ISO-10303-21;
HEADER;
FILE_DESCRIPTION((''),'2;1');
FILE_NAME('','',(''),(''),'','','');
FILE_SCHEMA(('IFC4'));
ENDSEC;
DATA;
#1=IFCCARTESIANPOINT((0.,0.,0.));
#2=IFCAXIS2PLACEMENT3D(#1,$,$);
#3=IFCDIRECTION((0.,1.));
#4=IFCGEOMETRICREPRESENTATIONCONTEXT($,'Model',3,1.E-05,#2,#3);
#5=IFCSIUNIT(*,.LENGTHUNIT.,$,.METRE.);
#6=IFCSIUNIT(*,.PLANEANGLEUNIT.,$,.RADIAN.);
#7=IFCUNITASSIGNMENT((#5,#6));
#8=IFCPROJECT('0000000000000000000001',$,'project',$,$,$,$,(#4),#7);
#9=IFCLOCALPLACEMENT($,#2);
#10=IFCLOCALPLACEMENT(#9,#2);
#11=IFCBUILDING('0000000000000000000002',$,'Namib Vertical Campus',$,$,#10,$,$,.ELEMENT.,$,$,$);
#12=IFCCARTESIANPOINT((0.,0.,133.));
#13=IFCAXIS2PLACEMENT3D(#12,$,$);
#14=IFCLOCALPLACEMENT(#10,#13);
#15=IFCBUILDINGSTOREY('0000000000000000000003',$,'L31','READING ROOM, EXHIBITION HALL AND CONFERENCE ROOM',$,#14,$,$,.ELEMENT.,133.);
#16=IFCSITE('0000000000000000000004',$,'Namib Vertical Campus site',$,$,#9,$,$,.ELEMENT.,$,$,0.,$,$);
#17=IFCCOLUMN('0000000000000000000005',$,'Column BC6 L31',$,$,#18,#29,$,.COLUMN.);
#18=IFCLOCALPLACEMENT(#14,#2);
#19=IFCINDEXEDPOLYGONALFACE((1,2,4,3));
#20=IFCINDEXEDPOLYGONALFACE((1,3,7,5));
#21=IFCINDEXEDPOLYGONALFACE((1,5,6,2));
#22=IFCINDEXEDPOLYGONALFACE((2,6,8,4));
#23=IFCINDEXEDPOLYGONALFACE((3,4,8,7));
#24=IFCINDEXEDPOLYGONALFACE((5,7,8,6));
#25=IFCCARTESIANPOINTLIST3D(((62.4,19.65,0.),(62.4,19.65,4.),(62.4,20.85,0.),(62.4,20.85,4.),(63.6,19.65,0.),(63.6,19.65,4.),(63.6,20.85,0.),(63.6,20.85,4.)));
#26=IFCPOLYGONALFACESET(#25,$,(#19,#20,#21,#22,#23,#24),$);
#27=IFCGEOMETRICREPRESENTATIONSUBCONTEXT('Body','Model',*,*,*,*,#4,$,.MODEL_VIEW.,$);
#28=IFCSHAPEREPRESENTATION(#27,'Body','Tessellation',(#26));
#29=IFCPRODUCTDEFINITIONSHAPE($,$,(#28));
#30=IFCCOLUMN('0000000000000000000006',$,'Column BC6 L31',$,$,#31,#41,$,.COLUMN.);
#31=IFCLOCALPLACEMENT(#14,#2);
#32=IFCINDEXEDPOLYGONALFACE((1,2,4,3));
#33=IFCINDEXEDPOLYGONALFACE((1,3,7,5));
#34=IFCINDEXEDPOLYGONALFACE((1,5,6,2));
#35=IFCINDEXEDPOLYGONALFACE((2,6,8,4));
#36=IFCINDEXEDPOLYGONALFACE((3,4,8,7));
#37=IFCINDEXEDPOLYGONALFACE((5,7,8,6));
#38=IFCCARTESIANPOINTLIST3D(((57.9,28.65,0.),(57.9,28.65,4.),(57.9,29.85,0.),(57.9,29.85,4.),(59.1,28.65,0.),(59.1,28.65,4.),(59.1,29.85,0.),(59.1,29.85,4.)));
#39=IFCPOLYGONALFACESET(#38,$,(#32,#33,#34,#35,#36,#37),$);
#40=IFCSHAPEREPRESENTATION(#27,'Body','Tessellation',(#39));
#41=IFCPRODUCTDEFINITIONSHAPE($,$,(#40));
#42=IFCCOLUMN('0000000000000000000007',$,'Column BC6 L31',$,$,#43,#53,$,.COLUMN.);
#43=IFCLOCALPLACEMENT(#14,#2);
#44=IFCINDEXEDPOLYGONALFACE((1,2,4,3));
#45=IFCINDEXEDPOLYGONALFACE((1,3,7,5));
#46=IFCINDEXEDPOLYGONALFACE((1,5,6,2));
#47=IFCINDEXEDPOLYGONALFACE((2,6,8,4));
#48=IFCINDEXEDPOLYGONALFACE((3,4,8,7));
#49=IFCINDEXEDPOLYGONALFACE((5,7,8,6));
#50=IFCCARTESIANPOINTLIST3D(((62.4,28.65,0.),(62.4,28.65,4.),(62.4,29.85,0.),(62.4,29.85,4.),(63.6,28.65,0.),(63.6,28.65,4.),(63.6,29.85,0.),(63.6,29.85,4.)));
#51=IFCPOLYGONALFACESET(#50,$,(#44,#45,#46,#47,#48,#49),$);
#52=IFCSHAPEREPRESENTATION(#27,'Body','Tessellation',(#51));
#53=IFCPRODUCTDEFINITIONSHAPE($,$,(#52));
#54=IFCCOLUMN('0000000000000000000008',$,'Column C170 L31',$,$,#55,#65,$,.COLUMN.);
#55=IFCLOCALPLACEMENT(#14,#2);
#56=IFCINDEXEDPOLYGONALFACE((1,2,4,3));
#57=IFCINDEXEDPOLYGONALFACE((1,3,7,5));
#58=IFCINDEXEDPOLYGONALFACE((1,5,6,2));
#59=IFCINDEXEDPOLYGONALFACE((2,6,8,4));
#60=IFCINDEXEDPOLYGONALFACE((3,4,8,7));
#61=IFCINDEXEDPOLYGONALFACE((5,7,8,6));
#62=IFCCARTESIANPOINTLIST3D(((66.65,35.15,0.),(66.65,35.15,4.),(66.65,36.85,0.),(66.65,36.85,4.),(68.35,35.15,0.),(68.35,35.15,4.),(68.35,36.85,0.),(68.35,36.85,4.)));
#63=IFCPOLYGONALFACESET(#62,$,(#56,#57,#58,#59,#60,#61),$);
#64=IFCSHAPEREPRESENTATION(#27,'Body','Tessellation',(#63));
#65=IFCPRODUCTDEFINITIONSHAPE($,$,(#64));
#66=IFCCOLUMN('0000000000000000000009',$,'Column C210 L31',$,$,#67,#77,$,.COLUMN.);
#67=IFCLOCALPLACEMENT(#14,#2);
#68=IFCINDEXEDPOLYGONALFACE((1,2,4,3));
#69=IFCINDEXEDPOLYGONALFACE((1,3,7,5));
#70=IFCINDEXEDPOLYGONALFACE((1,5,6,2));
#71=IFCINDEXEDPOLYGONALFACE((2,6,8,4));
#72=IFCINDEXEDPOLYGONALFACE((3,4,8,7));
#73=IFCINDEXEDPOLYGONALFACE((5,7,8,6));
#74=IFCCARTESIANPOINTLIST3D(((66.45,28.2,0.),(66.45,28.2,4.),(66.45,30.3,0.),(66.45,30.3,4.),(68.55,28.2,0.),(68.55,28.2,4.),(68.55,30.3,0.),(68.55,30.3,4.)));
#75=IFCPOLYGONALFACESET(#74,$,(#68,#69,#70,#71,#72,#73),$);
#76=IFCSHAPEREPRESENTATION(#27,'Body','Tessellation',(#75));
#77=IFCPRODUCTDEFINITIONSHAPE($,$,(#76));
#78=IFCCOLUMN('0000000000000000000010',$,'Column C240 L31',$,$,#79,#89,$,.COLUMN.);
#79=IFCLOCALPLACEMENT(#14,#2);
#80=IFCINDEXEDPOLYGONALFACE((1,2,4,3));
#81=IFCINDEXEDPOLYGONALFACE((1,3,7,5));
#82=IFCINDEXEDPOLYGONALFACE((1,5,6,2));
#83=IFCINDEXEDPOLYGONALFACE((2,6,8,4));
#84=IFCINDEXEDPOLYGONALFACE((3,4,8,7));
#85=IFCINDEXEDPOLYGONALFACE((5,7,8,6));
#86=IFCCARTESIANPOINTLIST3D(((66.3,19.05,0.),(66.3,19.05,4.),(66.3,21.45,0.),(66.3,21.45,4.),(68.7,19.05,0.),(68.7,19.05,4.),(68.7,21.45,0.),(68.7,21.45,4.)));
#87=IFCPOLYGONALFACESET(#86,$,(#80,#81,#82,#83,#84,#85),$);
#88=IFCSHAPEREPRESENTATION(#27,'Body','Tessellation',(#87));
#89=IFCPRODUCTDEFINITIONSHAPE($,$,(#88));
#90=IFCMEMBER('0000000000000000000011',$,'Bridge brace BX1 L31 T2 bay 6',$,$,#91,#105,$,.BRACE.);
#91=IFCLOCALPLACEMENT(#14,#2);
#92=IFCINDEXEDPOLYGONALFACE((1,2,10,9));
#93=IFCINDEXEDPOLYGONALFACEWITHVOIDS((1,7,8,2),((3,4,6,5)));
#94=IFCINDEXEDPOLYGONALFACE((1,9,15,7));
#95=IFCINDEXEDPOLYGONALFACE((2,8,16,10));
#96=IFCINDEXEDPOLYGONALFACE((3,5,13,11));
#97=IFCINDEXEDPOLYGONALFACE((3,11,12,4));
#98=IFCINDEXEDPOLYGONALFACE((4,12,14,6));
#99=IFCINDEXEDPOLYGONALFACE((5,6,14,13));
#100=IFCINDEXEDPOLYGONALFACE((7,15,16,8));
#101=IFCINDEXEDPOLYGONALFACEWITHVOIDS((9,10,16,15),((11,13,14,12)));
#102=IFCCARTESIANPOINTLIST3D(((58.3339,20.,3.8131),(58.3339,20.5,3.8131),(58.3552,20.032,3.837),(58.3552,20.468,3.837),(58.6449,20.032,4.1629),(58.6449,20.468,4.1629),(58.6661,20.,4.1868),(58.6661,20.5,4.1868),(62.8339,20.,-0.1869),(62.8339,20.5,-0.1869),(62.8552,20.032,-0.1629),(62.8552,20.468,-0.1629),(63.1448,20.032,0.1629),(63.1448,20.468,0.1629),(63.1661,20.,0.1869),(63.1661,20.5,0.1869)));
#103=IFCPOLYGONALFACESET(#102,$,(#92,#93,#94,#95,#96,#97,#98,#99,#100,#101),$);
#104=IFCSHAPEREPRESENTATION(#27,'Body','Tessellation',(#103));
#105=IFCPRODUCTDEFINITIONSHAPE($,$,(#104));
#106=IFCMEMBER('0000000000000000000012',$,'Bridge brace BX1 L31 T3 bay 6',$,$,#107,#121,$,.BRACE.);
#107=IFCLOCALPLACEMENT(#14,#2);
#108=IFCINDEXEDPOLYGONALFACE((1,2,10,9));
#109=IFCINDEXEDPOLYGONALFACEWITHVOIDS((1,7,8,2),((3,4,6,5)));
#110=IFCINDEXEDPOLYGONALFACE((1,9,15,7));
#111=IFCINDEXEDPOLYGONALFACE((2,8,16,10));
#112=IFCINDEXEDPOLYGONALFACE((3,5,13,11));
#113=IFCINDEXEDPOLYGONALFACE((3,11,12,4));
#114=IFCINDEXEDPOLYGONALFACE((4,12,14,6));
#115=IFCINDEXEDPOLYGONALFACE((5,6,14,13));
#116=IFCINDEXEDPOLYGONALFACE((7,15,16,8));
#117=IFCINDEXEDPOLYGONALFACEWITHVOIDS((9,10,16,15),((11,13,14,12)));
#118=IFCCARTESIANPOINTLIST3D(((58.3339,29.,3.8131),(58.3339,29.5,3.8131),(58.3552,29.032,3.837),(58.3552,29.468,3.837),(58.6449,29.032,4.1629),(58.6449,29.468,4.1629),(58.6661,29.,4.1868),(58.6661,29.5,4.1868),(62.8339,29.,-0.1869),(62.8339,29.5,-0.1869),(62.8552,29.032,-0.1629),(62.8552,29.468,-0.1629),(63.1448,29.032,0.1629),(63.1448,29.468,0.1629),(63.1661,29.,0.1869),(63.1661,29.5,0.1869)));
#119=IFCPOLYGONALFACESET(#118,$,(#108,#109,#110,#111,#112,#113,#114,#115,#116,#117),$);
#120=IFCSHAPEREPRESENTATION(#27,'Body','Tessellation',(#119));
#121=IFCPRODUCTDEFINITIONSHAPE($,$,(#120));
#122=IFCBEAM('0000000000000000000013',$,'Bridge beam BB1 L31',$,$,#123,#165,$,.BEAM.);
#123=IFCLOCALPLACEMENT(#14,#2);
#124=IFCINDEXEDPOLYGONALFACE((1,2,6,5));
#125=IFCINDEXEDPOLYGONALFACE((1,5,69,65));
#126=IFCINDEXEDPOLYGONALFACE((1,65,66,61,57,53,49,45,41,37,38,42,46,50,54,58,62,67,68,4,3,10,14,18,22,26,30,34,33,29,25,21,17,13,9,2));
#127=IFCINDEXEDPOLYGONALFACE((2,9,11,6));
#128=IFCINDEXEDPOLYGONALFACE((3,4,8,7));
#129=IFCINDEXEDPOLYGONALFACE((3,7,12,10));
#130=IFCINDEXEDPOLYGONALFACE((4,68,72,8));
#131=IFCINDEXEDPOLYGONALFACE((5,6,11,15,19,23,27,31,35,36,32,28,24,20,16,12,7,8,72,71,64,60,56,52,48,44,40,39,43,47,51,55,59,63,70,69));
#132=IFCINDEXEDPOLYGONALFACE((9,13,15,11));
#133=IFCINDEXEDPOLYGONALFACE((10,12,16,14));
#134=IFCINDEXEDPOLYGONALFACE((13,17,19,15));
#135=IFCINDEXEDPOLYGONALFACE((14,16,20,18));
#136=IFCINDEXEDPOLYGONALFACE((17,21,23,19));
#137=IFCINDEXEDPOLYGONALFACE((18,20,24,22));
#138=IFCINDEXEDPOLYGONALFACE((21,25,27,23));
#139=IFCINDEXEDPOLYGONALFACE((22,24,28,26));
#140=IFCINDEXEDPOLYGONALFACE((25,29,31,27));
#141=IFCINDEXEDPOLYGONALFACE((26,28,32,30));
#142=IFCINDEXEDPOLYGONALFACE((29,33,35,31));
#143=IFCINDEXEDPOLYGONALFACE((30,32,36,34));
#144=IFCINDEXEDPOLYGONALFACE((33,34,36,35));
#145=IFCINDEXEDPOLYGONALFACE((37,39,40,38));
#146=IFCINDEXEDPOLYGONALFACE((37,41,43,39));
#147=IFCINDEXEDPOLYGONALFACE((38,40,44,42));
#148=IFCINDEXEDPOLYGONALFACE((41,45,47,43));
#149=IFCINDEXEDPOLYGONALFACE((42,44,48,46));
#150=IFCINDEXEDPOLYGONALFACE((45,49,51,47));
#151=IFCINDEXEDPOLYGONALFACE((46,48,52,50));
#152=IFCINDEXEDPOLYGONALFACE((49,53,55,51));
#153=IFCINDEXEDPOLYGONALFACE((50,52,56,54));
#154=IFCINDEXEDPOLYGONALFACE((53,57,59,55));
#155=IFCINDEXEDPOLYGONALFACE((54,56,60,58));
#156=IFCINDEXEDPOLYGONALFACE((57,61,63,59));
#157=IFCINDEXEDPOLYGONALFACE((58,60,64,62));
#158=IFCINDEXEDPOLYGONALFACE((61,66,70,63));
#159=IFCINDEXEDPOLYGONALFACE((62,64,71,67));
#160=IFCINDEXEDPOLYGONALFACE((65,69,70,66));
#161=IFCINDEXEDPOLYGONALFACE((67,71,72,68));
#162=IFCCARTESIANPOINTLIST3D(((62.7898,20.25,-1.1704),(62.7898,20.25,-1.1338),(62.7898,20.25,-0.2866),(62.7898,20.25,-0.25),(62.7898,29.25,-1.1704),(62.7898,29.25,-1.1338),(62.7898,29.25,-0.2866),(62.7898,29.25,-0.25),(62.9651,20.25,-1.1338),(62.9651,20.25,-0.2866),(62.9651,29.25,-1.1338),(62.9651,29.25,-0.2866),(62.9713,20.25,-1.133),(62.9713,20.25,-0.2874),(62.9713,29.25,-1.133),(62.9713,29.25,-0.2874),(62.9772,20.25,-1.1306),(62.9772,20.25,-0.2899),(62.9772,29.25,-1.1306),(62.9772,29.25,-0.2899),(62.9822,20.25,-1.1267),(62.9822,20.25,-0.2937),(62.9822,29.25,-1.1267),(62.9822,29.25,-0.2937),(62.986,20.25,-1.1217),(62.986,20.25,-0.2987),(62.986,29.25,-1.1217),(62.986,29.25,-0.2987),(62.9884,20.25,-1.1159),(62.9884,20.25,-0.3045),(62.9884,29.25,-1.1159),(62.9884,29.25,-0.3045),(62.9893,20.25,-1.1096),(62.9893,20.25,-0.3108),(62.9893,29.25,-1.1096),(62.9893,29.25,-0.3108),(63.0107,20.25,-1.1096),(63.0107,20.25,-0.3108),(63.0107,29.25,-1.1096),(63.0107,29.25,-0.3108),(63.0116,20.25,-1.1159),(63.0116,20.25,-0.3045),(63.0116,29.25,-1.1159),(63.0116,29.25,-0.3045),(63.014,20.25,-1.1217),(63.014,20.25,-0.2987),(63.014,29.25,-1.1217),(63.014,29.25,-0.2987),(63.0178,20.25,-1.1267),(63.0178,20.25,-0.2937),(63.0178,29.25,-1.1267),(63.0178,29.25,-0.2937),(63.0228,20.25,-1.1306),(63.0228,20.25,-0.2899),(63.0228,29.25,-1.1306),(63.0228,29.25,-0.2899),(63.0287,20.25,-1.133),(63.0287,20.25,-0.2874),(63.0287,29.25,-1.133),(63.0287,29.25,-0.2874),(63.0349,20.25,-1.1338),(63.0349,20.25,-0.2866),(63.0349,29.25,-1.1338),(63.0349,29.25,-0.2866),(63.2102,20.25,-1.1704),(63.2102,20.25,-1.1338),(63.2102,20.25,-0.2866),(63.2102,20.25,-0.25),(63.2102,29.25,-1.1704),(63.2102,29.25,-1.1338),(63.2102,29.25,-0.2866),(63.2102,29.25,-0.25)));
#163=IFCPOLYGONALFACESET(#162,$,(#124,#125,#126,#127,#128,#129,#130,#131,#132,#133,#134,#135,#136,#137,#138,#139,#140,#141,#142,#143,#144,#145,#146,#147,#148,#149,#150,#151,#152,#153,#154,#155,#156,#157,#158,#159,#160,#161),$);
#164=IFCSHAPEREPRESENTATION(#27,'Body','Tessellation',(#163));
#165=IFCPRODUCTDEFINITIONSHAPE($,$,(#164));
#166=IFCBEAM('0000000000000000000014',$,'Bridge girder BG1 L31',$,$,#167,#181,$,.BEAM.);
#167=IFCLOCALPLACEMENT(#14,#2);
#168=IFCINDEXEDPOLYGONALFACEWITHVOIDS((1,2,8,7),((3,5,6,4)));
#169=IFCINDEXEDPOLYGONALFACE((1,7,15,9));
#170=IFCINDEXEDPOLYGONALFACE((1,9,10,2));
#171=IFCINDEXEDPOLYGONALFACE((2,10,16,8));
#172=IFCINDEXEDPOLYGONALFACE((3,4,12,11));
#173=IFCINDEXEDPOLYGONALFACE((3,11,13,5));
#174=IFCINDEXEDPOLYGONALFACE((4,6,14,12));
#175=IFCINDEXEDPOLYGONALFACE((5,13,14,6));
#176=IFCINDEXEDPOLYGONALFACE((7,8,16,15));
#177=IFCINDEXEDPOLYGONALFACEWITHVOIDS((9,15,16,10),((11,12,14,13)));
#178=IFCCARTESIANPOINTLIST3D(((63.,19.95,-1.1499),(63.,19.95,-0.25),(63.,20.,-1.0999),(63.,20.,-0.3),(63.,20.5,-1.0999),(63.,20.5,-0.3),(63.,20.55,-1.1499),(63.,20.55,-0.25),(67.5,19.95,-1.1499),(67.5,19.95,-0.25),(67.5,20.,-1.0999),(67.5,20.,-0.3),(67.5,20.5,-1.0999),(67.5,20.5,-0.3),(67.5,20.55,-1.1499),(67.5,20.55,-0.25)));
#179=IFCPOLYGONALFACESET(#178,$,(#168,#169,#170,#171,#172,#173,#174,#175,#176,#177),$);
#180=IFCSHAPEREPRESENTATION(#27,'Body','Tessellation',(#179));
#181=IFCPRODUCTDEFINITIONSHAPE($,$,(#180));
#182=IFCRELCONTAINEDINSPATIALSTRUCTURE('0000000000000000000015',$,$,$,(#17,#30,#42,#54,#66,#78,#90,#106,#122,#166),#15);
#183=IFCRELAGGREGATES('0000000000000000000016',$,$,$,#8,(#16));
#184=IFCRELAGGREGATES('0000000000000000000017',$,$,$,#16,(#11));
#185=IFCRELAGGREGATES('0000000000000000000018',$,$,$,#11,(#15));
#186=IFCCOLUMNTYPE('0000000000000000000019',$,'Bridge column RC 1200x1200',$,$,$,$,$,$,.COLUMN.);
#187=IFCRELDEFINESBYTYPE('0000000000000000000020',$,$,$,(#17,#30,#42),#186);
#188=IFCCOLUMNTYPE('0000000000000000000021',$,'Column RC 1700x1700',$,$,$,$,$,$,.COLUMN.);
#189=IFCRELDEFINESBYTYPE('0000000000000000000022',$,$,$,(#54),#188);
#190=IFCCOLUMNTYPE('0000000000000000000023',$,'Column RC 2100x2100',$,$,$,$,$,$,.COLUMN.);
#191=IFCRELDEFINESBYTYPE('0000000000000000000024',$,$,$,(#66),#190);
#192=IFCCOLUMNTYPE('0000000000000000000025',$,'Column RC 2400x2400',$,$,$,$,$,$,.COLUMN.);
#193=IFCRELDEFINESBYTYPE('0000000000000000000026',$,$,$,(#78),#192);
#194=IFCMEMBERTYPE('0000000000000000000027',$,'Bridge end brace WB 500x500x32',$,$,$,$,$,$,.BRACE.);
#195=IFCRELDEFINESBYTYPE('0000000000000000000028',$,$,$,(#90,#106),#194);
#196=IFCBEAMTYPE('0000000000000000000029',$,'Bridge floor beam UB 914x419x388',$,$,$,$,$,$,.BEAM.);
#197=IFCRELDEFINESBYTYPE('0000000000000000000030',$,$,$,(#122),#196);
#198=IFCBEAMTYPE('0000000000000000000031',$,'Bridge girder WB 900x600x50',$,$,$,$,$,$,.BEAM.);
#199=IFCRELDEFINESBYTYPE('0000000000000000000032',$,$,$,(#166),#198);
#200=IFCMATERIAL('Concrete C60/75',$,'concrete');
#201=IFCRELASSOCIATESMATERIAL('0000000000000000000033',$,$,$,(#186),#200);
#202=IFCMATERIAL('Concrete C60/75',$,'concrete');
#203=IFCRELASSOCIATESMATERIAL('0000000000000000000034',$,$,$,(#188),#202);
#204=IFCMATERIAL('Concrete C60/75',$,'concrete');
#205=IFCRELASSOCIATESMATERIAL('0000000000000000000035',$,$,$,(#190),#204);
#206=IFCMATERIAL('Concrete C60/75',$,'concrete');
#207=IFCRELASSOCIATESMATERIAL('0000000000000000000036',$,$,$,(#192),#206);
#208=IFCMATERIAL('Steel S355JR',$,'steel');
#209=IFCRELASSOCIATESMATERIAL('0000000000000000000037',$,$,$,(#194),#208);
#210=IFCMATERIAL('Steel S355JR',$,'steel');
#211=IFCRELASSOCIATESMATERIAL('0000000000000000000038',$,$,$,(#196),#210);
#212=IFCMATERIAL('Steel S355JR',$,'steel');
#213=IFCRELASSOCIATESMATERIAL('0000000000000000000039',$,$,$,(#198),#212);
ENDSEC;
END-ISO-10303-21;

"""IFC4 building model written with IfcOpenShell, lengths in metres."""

from ifc_helpers import new_model, si_unit, direction, frame, origin, origin_2d, place, context, subcontext, project, spatial, rectangle, hollow_rectangle, i_section, extrude, material, material_profile, profile_set, type_object, element, save


model = new_model("IFC4")

# Units and contexts
model_context = context("Model", 3, precision=1e-05, world=origin(), true_north=direction((0.0, 1.0)))
body_context = subcontext(model_context, "Body", "Model", "MODEL_VIEW")
ifc_project = project(units=[si_unit("LENGTHUNIT", "METRE"), si_unit("PLANEANGLEUNIT", "RADIAN")], contexts=[model_context])

# Site, building, storey
site_placement = place(None, origin())
site = spatial("IfcSite", under=ifc_project, at=site_placement, Name="Namib Vertical Campus site", CompositionType="ELEMENT", RefElevation=0.0)
building_placement = place(site_placement, origin())
building = spatial("IfcBuilding", under=site, at=building_placement, Name="Namib Vertical Campus", CompositionType="ELEMENT")
storey_placement = place(building_placement, frame((0.0, 0.0, 133.0)))
storey = spatial("IfcBuildingStorey", under=building, at=storey_placement, Name="L31", Description="READING ROOM, EXHIBITION HALL AND CONFERENCE ROOM", CompositionType="ELEMENT", Elevation=133.0)

# Columns
ifc_material_1 = material(Name="Concrete C60/75", Category="concrete")
ifc_material_profile_1 = material_profile(ifc_material_1, rectangle(XDim=1.2, YDim=1.2, at=origin_2d()))
ifc_profile_set_1 = profile_set([ifc_material_profile_1], Name="Concrete C60/75")
column_type_1 = type_object("IfcColumnType", Name="Bridge column RC 1200x1200", PredefinedType="COLUMN", material=ifc_profile_set_1)
for number, where, z_axis, x_axis, name in (
    (1, (63.0, 20.25, 0.0), (0.0, 0.0, 1.0), (1.0, 0.0, 0.0), "Column BC6 L31"),
    (2, (58.5, 29.25, 0.0), (0.0, 0.0, 1.0), (1.0, 0.0, 0.0), "Column BC6 L31"),
    (3, (63.0, 29.25, 0.0), (0.0, 0.0, 1.0), (1.0, 0.0, 0.0), "Column BC6 L31"),
):
    element("IfcColumn", number, at=place(storey_placement, frame(where, z_axis=z_axis, x_axis=x_axis)), inside=storey, type_object=column_type_1, Name=name, PredefinedType="COLUMN", context=body_context, shape_type="SweptSolid", body=[
        extrude(rectangle(XDim=1.2, YDim=1.2, at=origin_2d()), origin(), (0.0, 0.0, 1.0), 4.0),
    ])
ifc_material_2 = material(Name="Concrete C60/75", Category="concrete")
ifc_material_profile_2 = material_profile(ifc_material_2, rectangle(XDim=1.7, YDim=1.7, at=origin_2d()))
ifc_profile_set_2 = profile_set([ifc_material_profile_2], Name="Concrete C60/75")
column_type_2 = type_object("IfcColumnType", Name="Column RC 1700x1700", PredefinedType="COLUMN", material=ifc_profile_set_2)
column_1_placement = place(storey_placement, frame((67.5, 36.0, 0.0), z_axis=(0.0, 0.0, 1.0), x_axis=(1.0, 0.0, 0.0)))
element("IfcColumn", 4, at=column_1_placement, inside=storey, type_object=column_type_2, Name="Column C170 L31", PredefinedType="COLUMN", context=body_context, shape_type="SweptSolid", body=[
    extrude(rectangle(XDim=1.7, YDim=1.7, at=origin_2d()), origin(), (0.0, 0.0, 1.0), 4.0),
])
ifc_material_3 = material(Name="Concrete C60/75", Category="concrete")
ifc_material_profile_3 = material_profile(ifc_material_3, rectangle(XDim=2.1001, YDim=2.1001, at=origin_2d()))
ifc_profile_set_3 = profile_set([ifc_material_profile_3], Name="Concrete C60/75")
column_type_3 = type_object("IfcColumnType", Name="Column RC 2100x2100", PredefinedType="COLUMN", material=ifc_profile_set_3)
column_2_placement = place(storey_placement, frame((67.5, 29.25, 0.0), z_axis=(0.0, 0.0, 1.0), x_axis=(1.0, 0.0, 0.0)))
element("IfcColumn", 5, at=column_2_placement, inside=storey, type_object=column_type_3, Name="Column C210 L31", PredefinedType="COLUMN", context=body_context, shape_type="SweptSolid", body=[
    extrude(rectangle(XDim=2.1001, YDim=2.1001, at=origin_2d()), origin(), (0.0, 0.0, 1.0), 4.0),
])
ifc_material_4 = material(Name="Concrete C60/75", Category="concrete")
ifc_material_profile_4 = material_profile(ifc_material_4, rectangle(XDim=2.3999, YDim=2.3999, at=origin_2d()))
ifc_profile_set_4 = profile_set([ifc_material_profile_4], Name="Concrete C60/75")
column_type_4 = type_object("IfcColumnType", Name="Column RC 2400x2400", PredefinedType="COLUMN", material=ifc_profile_set_4)
column_3_placement = place(storey_placement, frame((67.5, 20.25, 0.0), z_axis=(0.0, 0.0, 1.0), x_axis=(1.0, 0.0, 0.0)))
element("IfcColumn", 6, at=column_3_placement, inside=storey, type_object=column_type_4, Name="Column C240 L31", PredefinedType="COLUMN", context=body_context, shape_type="SweptSolid", body=[
    extrude(rectangle(XDim=2.3999, YDim=2.3999, at=origin_2d()), origin(), (0.0, 0.0, 1.0), 4.0),
])

# Members
ifc_material_5 = material(Name="Steel S355JR", Category="steel")
ifc_material_profile_5 = material_profile(ifc_material_5, hollow_rectangle(XDim=0.5, YDim=0.5, WallThickness=0.032, at=origin_2d()))
ifc_profile_set_5 = profile_set([ifc_material_profile_5], Name="Steel S355JR")
member_type_1 = type_object("IfcMemberType", Name="Bridge end brace WB 500x500x32", PredefinedType="BRACE", material=ifc_profile_set_5)
for number, where, z_axis, x_axis, name in (
    (7, (63.0, 20.25, 0.0), (-0.747409, 0.0, 0.664364), (0.0, -1.0, 0.0), "Bridge brace BX1 L31 T2 bay 6"),
    (8, (63.0, 29.25, 0.0), (-0.747409, 0.0, 0.664364), (0.0, -1.0, 0.0), "Bridge brace BX1 L31 T3 bay 6"),
):
    element("IfcMember", number, at=place(storey_placement, frame(where, z_axis=z_axis, x_axis=x_axis)), inside=storey, type_object=member_type_1, Name=name, PredefinedType="BRACE", context=body_context, shape_type="SweptSolid", body=[
        extrude(hollow_rectangle(XDim=0.5, YDim=0.5, WallThickness=0.032, at=origin_2d()), origin(), (0.0, 0.0, 1.0), 6.0208),
    ])

# Beams
ifc_material_6 = material(Name="Steel S355JR", Category="steel")
ifc_material_profile_6 = material_profile(ifc_material_6, i_section(OverallWidth=0.4204, OverallDepth=0.9204, WebThickness=0.0215, FlangeThickness=0.0366, FilletRadius=0.0242, at=origin_2d()))
ifc_profile_set_6 = profile_set([ifc_material_profile_6], Name="Steel S355JR")
beam_type_1 = type_object("IfcBeamType", Name="Bridge floor beam UB 914x419x388", PredefinedType="BEAM", material=ifc_profile_set_6)
beam_1_placement = place(storey_placement, frame((63.0, 20.25, -0.7102), z_axis=(0.0, 1.0, 0.0), x_axis=(-1.0, 0.0, 0.0)))
element("IfcBeam", 9, at=beam_1_placement, inside=storey, type_object=beam_type_1, Name="Bridge beam BB1 L31", PredefinedType="BEAM", context=body_context, shape_type="SweptSolid", body=[
    extrude(i_section(OverallWidth=0.4204, OverallDepth=0.9204, WebThickness=0.0215, FlangeThickness=0.0366, FilletRadius=0.0242, at=origin_2d()), origin(), (0.0, 0.0, 1.0), 9.0),
])
ifc_material_7 = material(Name="Steel S355JR", Category="steel")
ifc_material_profile_7 = material_profile(ifc_material_7, hollow_rectangle(XDim=0.6001, YDim=0.8999, WallThickness=0.05, at=origin_2d()))
ifc_profile_set_7 = profile_set([ifc_material_profile_7], Name="Steel S355JR")
beam_type_2 = type_object("IfcBeamType", Name="Bridge girder WB 900x600x50", PredefinedType="BEAM", material=ifc_profile_set_7)
for number, where, z_axis, x_axis, name in (
    (10, (63.0, 20.25, -0.7), (1.0, 0.0, 0.0), (0.0, 1.0, 0.0), "Bridge girder BG1 L31"),
):
    element("IfcBeam", number, at=place(storey_placement, frame(where, z_axis=z_axis, x_axis=x_axis)), inside=storey, type_object=beam_type_2, Name=name, PredefinedType="BEAM", context=body_context, shape_type="SweptSolid", body=[
        extrude(hollow_rectangle(XDim=0.6001, YDim=0.8999, WallThickness=0.05, at=origin_2d()), origin(), (0.0, 0.0, 1.0), 4.5),
    ])

save(model, "model.ifc")
